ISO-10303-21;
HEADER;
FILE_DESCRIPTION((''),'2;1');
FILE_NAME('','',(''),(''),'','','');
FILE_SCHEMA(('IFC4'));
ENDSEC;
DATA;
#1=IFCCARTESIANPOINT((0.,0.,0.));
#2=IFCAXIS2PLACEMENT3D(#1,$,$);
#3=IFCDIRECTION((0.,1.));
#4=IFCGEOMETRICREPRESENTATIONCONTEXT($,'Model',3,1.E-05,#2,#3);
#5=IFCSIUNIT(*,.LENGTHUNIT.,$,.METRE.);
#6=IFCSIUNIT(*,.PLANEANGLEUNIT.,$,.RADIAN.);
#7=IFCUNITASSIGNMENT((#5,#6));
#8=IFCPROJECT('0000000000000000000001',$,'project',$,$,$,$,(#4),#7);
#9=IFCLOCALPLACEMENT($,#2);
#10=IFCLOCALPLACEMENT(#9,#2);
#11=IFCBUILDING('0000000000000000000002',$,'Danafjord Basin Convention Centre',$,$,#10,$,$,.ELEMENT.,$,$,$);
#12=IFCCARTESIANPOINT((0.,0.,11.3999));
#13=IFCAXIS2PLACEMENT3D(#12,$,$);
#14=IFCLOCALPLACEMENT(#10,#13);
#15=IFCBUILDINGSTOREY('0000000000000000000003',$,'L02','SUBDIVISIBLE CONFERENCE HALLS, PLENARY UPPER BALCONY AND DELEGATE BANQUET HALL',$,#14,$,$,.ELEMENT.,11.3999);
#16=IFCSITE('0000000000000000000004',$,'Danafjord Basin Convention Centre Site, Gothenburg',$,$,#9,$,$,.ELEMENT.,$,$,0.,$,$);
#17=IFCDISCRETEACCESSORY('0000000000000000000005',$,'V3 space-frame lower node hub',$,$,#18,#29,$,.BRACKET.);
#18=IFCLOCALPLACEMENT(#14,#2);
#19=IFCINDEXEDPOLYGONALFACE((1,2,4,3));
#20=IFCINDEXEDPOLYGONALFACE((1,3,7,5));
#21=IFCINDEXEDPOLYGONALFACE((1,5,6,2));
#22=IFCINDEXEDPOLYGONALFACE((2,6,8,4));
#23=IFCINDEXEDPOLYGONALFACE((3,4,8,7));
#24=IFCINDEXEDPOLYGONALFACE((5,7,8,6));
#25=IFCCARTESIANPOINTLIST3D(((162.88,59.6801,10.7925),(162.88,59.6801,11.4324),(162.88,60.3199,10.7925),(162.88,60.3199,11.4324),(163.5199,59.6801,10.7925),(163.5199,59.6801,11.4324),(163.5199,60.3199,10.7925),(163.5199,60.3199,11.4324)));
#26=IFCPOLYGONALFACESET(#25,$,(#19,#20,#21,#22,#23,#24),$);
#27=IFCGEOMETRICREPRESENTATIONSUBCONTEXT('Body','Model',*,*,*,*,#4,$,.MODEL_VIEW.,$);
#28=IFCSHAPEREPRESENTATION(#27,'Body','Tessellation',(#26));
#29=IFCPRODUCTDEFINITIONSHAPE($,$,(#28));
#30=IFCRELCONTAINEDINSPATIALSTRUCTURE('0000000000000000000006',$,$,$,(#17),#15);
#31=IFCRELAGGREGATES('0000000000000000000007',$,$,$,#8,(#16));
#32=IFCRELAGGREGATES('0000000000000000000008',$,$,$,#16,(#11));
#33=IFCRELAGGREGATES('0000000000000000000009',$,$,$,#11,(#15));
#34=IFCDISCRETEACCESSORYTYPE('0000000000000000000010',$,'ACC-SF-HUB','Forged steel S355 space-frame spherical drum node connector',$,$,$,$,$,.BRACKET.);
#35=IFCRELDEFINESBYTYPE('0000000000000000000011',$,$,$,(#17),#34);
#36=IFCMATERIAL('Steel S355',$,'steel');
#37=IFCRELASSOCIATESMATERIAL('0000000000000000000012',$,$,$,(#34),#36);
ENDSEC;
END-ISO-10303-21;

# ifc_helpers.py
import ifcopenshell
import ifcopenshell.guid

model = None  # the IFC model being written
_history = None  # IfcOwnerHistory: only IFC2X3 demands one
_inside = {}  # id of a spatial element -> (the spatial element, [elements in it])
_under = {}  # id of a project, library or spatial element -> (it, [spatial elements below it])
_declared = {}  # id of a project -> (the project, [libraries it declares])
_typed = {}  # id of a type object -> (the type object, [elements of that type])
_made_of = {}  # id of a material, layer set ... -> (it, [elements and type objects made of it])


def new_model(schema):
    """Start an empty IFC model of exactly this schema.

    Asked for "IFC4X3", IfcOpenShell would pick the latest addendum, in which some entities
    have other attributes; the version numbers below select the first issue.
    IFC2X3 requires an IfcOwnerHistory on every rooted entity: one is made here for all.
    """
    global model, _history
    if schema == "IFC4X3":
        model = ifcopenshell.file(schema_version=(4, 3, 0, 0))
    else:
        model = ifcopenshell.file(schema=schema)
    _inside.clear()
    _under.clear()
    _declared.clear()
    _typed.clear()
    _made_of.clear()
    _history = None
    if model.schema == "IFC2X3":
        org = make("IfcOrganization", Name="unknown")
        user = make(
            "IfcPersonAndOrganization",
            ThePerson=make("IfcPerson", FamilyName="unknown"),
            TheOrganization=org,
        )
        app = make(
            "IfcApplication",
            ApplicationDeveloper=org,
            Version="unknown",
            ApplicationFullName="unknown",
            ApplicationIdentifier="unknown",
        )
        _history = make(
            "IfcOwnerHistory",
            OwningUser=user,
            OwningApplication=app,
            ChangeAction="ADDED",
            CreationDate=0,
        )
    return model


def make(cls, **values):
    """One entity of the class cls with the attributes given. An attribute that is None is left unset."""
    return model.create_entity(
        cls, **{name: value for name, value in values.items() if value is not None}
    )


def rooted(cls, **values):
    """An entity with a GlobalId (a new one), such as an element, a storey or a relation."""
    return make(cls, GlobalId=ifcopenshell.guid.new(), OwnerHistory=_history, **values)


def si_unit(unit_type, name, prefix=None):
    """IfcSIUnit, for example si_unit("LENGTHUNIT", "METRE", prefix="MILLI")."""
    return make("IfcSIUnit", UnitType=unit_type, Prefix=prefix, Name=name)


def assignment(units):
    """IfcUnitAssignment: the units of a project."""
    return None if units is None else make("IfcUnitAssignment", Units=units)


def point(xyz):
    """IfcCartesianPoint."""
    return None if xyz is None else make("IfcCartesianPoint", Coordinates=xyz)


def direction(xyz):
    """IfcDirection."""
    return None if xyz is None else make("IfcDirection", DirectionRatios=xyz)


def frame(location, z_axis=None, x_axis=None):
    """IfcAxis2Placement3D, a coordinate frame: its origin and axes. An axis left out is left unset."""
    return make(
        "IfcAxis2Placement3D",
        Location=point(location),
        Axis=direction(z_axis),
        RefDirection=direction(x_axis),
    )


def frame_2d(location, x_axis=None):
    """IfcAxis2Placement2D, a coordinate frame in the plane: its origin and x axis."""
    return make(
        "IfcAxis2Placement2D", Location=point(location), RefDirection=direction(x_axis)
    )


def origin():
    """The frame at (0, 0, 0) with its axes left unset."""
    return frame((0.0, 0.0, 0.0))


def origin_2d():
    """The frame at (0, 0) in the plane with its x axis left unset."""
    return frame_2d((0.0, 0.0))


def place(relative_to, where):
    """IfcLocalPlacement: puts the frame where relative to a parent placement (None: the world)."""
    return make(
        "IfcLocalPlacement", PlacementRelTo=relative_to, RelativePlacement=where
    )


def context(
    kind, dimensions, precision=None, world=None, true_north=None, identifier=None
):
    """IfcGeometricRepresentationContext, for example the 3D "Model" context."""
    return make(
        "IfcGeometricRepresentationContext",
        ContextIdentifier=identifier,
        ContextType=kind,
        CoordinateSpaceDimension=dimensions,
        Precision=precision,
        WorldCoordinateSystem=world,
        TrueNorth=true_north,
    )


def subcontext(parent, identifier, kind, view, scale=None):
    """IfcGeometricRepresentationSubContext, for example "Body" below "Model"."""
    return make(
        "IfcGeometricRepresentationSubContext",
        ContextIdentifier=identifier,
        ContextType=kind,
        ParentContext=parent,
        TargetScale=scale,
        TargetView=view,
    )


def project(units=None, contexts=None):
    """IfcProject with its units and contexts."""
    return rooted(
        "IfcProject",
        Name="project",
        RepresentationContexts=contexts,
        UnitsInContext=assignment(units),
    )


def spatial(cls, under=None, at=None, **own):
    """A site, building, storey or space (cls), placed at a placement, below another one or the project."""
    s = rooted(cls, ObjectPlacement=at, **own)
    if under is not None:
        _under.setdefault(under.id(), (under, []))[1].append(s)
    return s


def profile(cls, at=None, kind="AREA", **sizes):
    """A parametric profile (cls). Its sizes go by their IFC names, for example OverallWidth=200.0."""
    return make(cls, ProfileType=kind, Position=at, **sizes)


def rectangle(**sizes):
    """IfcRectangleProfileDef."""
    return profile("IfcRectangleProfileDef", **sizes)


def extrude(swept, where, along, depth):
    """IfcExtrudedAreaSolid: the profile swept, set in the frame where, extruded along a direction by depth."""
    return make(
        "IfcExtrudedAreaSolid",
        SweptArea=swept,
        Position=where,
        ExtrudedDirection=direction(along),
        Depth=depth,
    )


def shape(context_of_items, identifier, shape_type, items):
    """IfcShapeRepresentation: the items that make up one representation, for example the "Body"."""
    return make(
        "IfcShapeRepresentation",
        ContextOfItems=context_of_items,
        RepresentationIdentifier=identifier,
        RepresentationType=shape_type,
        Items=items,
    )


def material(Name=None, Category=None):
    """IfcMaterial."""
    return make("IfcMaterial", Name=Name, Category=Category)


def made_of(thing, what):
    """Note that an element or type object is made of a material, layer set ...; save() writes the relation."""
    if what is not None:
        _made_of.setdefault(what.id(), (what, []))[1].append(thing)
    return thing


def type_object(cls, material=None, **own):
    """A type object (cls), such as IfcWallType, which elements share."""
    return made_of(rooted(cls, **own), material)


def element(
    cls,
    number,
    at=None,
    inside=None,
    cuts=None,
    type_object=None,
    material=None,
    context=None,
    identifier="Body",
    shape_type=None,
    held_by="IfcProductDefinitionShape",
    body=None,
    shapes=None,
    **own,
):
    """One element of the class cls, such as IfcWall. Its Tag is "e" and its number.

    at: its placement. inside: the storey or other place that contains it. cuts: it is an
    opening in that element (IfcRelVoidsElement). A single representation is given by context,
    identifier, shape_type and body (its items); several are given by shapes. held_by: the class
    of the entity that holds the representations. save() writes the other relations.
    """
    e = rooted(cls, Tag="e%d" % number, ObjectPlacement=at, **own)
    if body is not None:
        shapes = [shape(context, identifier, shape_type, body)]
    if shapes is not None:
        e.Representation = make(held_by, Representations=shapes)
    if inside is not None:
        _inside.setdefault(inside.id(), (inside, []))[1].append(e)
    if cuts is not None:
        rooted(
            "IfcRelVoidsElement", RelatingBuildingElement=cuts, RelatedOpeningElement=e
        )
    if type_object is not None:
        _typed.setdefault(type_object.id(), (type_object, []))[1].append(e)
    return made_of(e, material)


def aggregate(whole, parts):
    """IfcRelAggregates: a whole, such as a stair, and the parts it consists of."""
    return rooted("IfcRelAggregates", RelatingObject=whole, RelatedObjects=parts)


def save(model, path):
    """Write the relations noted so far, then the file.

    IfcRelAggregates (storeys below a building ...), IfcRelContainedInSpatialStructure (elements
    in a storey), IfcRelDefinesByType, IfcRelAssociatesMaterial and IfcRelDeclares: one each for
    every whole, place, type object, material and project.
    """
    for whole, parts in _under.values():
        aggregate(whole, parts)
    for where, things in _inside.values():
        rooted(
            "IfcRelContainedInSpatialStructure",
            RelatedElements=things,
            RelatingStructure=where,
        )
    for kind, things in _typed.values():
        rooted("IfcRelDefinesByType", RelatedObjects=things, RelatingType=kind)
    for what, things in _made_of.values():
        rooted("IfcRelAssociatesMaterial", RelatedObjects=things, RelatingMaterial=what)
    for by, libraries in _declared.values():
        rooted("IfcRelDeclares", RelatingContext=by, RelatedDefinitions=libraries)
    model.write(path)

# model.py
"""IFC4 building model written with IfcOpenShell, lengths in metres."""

from ifc_helpers import new_model, si_unit, direction, frame, origin, origin_2d, place, context, subcontext, project, spatial, rectangle, extrude, material, type_object, element, save


model = new_model("IFC4")

# Units and contexts
model_context = context("Model", 3, precision=1e-05, world=origin(), true_north=direction((0.0, 1.0)))
body_context = subcontext(model_context, "Body", "Model", "MODEL_VIEW")
ifc_project = project(units=[si_unit("LENGTHUNIT", "METRE"), si_unit("PLANEANGLEUNIT", "RADIAN")], contexts=[model_context])

# Site, building, storey
site_placement = place(None, origin())
site = spatial("IfcSite", under=ifc_project, at=site_placement, Name="Danafjord Basin Convention Centre Site, Gothenburg", CompositionType="ELEMENT", RefElevation=0.0)
building_placement = place(site_placement, origin())
building = spatial("IfcBuilding", under=site, at=building_placement, Name="Danafjord Basin Convention Centre", CompositionType="ELEMENT")
storey_placement = place(building_placement, frame((0.0, 0.0, 11.3999)))
storey = spatial("IfcBuildingStorey", under=building, at=storey_placement, Name="L02", Description="SUBDIVISIBLE CONFERENCE HALLS, PLENARY UPPER BALCONY AND DELEGATE BANQUET HALL", CompositionType="ELEMENT", Elevation=11.3999)

# Shared definitions
ifc_material = material(Name="Steel S355", Category="steel")

# Discrete accessory
discrete_accessory_type = type_object("IfcDiscreteAccessoryType", Name="ACC-SF-HUB", Description="Forged steel S355 space-frame spherical drum node connector", PredefinedType="BRACKET", material=ifc_material)
for number, where, z_axis, x_axis, name in (
    (1, (163.2, 60.0, 10.7925), (0.0, 0.0, 1.0), (1.0, 0.0, 0.0), "V3 space-frame lower node hub"),
):
    element("IfcDiscreteAccessory", number, at=place(storey_placement, frame(where, z_axis=z_axis, x_axis=x_axis)), inside=storey, type_object=discrete_accessory_type, Name=name, PredefinedType="BRACKET", context=body_context, shape_type="SweptSolid", body=[
        extrude(rectangle(XDim=0.6399, YDim=0.6399, at=origin_2d()), origin(), (0.0, 0.0, 1.0), 0.6399),
    ])

save(model, "model.ifc")
